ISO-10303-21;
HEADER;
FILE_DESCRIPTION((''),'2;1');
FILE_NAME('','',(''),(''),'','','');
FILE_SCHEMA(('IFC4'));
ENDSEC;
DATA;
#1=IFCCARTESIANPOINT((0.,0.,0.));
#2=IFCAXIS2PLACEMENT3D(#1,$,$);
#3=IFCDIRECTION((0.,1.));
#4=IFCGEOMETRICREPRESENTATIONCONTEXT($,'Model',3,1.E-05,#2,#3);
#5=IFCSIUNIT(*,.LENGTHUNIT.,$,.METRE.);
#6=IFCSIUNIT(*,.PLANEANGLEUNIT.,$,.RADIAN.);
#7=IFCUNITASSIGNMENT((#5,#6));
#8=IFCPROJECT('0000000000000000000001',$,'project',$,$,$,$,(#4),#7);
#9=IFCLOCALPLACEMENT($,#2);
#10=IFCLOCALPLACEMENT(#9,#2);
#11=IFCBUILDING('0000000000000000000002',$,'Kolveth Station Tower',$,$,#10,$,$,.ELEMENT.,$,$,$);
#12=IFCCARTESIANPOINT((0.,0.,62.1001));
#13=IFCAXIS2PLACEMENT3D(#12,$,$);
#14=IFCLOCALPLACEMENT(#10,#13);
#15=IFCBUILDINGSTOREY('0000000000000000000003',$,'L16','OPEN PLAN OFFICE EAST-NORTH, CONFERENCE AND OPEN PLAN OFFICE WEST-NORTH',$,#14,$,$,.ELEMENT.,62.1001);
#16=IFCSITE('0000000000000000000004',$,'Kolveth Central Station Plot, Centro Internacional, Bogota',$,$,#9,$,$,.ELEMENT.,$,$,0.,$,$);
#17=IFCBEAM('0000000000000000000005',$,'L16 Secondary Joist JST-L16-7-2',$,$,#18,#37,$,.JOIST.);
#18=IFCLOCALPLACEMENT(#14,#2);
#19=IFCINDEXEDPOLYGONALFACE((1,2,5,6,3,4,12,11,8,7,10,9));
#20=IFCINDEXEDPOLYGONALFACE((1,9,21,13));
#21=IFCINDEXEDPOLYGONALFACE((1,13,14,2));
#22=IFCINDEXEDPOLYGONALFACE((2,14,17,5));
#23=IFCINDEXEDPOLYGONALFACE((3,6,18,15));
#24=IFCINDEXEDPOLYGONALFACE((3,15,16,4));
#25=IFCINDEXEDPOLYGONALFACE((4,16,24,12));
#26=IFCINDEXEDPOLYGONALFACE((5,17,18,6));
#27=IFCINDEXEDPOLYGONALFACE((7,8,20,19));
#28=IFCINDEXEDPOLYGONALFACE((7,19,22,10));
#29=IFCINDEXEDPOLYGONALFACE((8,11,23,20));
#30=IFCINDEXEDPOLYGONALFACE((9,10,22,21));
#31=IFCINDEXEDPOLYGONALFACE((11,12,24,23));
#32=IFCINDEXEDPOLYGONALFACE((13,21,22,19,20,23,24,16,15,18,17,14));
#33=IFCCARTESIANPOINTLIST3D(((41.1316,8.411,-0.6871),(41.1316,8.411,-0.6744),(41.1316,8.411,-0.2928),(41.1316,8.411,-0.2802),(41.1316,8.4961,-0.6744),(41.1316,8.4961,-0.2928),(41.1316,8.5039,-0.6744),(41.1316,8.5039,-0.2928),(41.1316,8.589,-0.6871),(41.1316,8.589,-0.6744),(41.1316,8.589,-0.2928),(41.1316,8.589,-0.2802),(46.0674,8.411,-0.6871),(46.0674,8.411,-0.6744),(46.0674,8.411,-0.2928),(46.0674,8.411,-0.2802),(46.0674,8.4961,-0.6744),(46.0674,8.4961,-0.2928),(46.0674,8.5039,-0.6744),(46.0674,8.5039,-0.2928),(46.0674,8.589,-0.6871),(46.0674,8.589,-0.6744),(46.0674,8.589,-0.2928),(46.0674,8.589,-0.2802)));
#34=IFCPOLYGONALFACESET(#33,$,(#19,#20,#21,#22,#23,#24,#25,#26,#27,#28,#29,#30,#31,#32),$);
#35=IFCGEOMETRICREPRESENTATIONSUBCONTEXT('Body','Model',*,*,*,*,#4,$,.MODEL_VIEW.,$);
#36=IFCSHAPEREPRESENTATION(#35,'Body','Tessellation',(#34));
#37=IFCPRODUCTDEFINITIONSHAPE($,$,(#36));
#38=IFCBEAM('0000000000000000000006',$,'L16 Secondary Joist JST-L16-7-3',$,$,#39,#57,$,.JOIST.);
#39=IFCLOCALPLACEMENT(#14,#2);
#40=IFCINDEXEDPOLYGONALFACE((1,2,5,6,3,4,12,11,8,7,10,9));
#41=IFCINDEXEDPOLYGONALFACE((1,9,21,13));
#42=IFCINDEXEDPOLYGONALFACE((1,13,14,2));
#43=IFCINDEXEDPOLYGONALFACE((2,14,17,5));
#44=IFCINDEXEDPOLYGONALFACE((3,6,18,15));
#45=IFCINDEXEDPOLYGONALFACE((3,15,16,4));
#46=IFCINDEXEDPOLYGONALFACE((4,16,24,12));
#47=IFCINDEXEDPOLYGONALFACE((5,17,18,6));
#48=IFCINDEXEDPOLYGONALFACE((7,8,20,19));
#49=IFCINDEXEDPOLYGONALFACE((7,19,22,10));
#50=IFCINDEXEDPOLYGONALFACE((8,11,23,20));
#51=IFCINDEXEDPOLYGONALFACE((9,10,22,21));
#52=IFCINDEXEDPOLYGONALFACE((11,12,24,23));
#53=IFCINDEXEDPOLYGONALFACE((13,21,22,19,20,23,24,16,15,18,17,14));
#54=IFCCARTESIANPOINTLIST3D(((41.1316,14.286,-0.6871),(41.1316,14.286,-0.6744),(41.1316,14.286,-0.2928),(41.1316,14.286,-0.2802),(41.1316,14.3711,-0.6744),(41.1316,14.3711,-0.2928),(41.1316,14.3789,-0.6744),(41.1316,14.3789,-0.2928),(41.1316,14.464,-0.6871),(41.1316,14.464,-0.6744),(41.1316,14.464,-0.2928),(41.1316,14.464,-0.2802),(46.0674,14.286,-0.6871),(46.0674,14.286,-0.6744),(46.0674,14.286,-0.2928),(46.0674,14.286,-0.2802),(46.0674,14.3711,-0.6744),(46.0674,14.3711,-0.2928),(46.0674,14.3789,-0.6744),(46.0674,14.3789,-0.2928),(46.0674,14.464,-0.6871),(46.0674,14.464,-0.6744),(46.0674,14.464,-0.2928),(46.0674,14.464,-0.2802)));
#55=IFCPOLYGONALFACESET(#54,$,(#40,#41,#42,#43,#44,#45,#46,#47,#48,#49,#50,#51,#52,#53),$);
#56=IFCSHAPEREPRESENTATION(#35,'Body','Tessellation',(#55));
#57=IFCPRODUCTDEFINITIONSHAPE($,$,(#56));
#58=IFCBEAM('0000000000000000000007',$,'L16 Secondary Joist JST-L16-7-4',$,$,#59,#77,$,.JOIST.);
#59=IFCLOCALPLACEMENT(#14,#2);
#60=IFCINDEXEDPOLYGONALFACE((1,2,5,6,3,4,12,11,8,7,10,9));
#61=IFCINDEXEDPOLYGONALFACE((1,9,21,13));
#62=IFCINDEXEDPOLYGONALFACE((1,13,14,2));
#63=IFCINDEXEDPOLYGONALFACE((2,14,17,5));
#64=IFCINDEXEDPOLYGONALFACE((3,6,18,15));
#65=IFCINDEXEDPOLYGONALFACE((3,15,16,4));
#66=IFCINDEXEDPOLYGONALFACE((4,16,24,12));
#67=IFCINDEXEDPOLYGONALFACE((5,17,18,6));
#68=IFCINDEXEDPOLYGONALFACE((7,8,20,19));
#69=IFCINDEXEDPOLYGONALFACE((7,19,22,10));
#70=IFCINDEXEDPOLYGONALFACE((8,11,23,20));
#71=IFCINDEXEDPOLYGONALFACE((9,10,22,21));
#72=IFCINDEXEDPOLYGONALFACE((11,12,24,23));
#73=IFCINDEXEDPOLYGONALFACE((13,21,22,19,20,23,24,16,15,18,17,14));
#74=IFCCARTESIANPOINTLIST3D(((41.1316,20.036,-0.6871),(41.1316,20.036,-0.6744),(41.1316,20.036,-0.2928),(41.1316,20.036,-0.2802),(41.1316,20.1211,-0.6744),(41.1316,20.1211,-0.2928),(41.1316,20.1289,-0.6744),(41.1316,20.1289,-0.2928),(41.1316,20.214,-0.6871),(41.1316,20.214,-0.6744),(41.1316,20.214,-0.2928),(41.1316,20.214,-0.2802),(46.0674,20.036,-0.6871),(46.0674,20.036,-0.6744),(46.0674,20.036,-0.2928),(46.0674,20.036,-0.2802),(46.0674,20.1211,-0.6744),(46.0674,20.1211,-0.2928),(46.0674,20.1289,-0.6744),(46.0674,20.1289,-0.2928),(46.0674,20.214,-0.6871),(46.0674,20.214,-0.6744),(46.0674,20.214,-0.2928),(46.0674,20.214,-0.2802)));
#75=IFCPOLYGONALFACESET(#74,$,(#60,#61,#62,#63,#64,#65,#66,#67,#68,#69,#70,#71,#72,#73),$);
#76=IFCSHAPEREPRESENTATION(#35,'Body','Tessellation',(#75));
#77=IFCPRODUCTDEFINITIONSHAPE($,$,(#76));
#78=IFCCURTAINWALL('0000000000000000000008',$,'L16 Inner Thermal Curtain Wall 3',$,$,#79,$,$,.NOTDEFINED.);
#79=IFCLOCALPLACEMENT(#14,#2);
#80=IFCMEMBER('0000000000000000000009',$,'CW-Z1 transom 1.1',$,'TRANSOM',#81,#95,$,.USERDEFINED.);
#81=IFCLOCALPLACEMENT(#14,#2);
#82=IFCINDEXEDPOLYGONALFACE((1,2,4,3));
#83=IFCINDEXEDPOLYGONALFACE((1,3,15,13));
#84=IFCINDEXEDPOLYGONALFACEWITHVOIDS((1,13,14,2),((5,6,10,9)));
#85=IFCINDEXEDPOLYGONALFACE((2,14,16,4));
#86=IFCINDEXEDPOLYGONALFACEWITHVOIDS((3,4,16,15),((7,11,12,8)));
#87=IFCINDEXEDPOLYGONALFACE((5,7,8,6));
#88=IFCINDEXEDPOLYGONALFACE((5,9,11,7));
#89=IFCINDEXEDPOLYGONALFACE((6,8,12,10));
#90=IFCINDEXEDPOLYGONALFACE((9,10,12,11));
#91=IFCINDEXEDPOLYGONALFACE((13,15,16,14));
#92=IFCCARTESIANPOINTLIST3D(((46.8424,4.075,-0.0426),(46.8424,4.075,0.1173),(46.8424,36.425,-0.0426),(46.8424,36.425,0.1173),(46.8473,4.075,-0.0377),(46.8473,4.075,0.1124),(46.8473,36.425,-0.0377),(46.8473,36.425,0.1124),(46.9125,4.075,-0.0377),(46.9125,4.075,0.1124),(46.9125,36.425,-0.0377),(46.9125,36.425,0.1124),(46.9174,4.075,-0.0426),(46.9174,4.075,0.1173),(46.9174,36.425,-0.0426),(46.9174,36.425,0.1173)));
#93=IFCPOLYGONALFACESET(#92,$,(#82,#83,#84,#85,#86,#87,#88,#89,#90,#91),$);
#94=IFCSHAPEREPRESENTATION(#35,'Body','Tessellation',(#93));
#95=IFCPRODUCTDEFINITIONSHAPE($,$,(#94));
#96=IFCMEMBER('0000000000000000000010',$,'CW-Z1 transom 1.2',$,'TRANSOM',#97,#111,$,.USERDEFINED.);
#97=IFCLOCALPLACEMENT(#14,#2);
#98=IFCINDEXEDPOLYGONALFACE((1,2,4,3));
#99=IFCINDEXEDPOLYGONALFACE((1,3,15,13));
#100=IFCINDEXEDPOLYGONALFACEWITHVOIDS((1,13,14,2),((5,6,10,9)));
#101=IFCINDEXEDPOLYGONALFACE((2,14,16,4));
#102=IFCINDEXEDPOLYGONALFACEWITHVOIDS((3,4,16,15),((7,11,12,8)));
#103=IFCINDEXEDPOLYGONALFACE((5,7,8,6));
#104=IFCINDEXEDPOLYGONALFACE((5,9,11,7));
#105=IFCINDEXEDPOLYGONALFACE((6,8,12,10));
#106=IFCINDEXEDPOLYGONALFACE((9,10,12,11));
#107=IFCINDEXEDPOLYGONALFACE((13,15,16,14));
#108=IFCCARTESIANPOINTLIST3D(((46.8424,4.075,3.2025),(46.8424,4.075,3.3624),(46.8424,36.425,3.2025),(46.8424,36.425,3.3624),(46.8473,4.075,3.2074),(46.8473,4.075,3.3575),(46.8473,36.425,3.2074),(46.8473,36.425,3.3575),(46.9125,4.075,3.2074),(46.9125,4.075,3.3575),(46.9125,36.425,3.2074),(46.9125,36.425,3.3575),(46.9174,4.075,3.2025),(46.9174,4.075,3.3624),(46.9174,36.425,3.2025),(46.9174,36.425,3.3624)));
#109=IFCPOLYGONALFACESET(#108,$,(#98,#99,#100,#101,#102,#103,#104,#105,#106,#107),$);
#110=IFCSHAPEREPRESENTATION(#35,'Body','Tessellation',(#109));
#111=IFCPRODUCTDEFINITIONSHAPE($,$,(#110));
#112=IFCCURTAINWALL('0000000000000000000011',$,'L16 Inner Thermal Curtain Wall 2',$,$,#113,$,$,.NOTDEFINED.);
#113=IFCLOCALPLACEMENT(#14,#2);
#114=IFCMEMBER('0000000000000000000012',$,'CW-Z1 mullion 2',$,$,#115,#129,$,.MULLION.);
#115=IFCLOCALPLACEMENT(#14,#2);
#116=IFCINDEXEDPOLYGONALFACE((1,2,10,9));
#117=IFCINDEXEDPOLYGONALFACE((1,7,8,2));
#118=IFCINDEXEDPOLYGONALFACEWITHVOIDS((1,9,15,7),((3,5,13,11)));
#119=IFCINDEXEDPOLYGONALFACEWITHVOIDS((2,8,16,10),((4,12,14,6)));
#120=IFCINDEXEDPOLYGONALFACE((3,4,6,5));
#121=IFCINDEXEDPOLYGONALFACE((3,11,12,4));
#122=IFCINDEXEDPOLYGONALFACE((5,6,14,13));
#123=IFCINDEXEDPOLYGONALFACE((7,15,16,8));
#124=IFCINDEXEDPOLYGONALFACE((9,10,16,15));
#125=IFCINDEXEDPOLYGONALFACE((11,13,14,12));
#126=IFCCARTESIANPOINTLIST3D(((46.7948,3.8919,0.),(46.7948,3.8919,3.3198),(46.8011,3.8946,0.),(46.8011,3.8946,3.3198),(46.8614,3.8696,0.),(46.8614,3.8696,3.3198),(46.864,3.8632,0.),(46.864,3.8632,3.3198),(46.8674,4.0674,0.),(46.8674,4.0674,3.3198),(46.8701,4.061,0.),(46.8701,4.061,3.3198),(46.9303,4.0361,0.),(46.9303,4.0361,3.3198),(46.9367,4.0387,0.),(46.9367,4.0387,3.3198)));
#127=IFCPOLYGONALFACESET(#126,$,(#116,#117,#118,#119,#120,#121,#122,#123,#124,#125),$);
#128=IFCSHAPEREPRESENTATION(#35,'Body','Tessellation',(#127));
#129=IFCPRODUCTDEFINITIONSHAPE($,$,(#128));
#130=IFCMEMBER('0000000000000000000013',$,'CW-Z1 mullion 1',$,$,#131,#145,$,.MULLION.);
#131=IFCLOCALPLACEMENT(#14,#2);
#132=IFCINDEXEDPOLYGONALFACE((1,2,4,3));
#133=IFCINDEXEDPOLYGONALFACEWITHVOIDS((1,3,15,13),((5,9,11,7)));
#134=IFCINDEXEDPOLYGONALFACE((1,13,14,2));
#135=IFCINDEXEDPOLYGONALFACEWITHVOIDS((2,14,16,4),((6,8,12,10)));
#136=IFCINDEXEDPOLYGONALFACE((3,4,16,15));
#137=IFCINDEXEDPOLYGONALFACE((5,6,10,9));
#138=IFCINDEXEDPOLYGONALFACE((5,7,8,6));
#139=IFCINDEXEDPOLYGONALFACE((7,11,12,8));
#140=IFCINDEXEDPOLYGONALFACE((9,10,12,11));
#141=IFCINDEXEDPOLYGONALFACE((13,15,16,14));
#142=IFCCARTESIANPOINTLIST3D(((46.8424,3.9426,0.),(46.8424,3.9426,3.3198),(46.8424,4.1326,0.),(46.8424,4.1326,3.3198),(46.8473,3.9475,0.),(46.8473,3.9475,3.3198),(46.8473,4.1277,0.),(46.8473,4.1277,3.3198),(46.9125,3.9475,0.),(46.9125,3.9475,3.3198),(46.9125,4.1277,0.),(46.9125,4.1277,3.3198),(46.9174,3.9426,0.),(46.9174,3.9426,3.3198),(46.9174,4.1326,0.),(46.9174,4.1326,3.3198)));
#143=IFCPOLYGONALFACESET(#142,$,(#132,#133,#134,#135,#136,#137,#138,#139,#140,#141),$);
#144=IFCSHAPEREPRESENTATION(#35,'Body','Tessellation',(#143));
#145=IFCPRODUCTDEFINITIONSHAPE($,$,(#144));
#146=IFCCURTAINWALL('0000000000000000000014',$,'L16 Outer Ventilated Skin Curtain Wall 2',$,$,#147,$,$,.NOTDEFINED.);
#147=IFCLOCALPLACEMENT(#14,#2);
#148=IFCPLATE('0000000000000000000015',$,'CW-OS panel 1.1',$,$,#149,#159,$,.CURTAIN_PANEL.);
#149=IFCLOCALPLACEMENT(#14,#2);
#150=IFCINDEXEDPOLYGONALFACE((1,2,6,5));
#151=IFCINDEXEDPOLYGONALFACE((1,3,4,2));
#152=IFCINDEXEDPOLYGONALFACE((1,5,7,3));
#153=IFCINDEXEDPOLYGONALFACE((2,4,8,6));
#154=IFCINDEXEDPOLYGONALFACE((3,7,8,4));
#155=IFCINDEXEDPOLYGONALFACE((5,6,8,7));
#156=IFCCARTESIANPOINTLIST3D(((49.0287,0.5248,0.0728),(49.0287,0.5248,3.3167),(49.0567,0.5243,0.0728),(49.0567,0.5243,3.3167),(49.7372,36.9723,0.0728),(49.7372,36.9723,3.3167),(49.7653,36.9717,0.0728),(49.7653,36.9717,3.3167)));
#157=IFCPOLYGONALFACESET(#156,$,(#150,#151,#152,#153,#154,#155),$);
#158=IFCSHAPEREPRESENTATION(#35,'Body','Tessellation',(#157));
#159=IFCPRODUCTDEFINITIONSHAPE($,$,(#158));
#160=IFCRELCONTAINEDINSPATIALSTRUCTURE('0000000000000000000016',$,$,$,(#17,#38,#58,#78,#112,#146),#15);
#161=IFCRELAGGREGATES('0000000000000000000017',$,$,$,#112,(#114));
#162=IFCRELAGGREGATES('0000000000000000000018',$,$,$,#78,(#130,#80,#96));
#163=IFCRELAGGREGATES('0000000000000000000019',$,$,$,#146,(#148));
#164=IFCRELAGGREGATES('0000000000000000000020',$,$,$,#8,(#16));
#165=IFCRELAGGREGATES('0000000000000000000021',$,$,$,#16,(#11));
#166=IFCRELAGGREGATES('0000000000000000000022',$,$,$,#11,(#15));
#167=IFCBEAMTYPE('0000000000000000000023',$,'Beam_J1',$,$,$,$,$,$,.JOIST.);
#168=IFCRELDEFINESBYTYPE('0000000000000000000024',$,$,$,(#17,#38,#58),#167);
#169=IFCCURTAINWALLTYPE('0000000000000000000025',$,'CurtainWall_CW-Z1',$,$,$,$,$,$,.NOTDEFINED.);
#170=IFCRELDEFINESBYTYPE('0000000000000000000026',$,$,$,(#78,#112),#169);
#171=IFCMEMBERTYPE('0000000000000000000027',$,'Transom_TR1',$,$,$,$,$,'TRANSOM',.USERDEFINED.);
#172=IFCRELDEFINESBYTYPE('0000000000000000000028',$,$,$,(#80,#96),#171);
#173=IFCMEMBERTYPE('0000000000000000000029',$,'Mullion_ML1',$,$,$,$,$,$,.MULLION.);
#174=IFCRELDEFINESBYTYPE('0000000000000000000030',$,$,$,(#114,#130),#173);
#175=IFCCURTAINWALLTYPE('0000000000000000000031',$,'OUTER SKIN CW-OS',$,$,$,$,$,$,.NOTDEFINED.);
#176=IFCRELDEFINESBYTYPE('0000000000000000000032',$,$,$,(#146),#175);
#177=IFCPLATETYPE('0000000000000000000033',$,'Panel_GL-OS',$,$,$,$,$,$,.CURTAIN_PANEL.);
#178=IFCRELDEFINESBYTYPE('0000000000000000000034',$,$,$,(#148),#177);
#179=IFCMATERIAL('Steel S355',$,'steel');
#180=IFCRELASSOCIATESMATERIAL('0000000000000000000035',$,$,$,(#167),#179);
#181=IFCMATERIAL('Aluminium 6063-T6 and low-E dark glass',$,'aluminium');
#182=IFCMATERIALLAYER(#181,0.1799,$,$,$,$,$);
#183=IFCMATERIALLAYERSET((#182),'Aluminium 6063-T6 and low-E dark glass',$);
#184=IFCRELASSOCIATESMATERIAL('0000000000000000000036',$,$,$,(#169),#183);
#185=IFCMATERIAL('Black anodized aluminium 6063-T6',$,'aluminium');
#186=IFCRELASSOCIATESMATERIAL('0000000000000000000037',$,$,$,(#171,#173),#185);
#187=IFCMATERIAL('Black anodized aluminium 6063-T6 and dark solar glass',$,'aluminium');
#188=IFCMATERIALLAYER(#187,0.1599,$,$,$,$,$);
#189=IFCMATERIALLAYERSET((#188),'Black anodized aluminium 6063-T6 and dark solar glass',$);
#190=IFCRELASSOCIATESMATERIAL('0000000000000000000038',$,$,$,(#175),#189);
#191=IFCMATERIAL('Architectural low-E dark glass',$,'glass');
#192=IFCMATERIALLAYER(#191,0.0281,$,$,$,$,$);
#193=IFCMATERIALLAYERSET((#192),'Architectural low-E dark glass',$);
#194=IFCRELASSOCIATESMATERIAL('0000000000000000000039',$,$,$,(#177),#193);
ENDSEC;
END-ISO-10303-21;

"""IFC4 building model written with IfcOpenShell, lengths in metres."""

from ifc_helpers import new_model, si_unit, direction, frame, origin, origin_2d, place, context, subcontext, project, spatial, rectangle, hollow_rectangle, i_section, extrude, source, transform, mapped, material, layer, layer_set, material_profile, profile_set, type_object, element, aggregate, save


model = new_model("IFC4")

# Units and contexts
model_context = context("Model", 3, precision=1e-05, world=origin(), true_north=direction((0.0, 1.0)))
body_context = subcontext(model_context, "Body", "Model", "MODEL_VIEW")
ifc_project = project(units=[si_unit("LENGTHUNIT", "METRE"), si_unit("PLANEANGLEUNIT", "RADIAN")], contexts=[model_context])

# Site, building, storey
site_placement = place(None, origin())
site = spatial("IfcSite", under=ifc_project, at=site_placement, Name="Kolveth Central Station Plot, Centro Internacional, Bogota", CompositionType="ELEMENT", RefElevation=0.0)
building_placement = place(site_placement, origin())
building = spatial("IfcBuilding", under=site, at=building_placement, Name="Kolveth Station Tower", CompositionType="ELEMENT")
storey_placement = place(building_placement, frame((0.0, 0.0, 62.1001)))
storey = spatial("IfcBuildingStorey", under=building, at=storey_placement, Name="L16", Description="OPEN PLAN OFFICE EAST-NORTH, CONFERENCE AND OPEN PLAN OFFICE WEST-NORTH", CompositionType="ELEMENT", Elevation=62.1001)

# Shared definitions
ifc_material_1 = material(Name="Steel S355", Category="steel")

# Beams
ifc_material_profile_1 = material_profile(ifc_material_1, i_section(OverallWidth=0.178, OverallDepth=0.407, WebThickness=0.0078, FlangeThickness=0.0127, at=origin_2d()), Name="W410x60")
ifc_profile_set_1 = profile_set([ifc_material_profile_1], Name="Steel S355")
beam_type_1 = type_object("IfcBeamType", Name="Beam_J1", PredefinedType="JOIST", material=ifc_profile_set_1)
shared_shape_1 = source(origin(), body_context, "Body", "SweptSolid", [
    extrude(i_section(OverallWidth=0.178, OverallDepth=0.407, WebThickness=0.0078, FlangeThickness=0.0127, at=origin_2d()), origin(), (0.0, 0.0, 1.0), 4.9358),
])
for number, where, z_axis, x_axis, name in (
    (1, (41.1316, 8.5, -0.4836), (1.0, 0.0, 0.0), (0.0, 1.0, 0.0), "L16 Secondary Joist JST-L16-7-2"),
    (2, (41.1316, 14.375, -0.4836), (1.0, 0.0, 0.0), (0.0, 1.0, 0.0), "L16 Secondary Joist JST-L16-7-3"),
    (3, (41.1316, 20.125, -0.4836), (1.0, 0.0, 0.0), (0.0, 1.0, 0.0), "L16 Secondary Joist JST-L16-7-4"),
):
    element("IfcBeam", number, at=place(storey_placement, frame(where, z_axis=z_axis, x_axis=x_axis)), inside=storey, type_object=beam_type_1, Name=name, PredefinedType="JOIST", context=body_context, shape_type="MappedRepresentation", body=[
        mapped(shared_shape_1, transform((0.0, 0.0, 0.0), x_axis=(1.0, 0.0, 0.0), y_axis=(0.0, 1.0, 0.0), z_axis=(0.0, 0.0, 1.0), scale=1.0)),
    ])

# Curtain wall, members
ifc_material_2 = material(Name="Aluminium 6063-T6 and low-E dark glass", Category="aluminium")
ifc_layer_1 = layer(ifc_material_2, 0.1799)
ifc_layer_set_1 = layer_set([ifc_layer_1], Name="Aluminium 6063-T6 and low-E dark glass")
curtain_wall_type_1 = type_object("IfcCurtainWallType", Name="CurtainWall_CW-Z1", PredefinedType="NOTDEFINED", material=ifc_layer_set_1)
curtain_wall_1_placement = place(storey_placement, origin())
curtain_wall_1 = element("IfcCurtainWall", 4, at=curtain_wall_1_placement, inside=storey, type_object=curtain_wall_type_1, Name="L16 Inner Thermal Curtain Wall 3", PredefinedType="NOTDEFINED")
ifc_material_3 = material(Name="Black anodized aluminium 6063-T6", Category="aluminium")
ifc_material_profile_2 = material_profile(ifc_material_3, hollow_rectangle(XDim=0.075, YDim=0.1599, WallThickness=0.0049, at=origin_2d()), Name="ALU-75x160x5")
ifc_profile_set_2 = profile_set([ifc_material_profile_2], Name="Black anodized aluminium 6063-T6")
member_type_1 = type_object("IfcMemberType", Name="Transom_TR1", ElementType="TRANSOM", PredefinedType="USERDEFINED", material=ifc_profile_set_2)
shared_shape_2 = source(origin(), body_context, "Body", "SweptSolid", [
    extrude(hollow_rectangle(XDim=0.075, YDim=0.1599, WallThickness=0.0049, at=origin_2d()), origin(), (0.0, 0.0, 1.0), 32.3501),
])
member_1_placement = place(storey_placement, frame((46.8799, 4.075, 0.0374), z_axis=(0.0, 1.0, 0.0), x_axis=(-1.0, 0.0, 0.0)))
member_1 = element("IfcMember", 5, at=member_1_placement, type_object=member_type_1, Name="CW-Z1 transom 1.1", ObjectType="TRANSOM", PredefinedType="USERDEFINED", context=body_context, shape_type="MappedRepresentation", body=[
    mapped(shared_shape_2, transform((0.0, 0.0, 0.0), x_axis=(1.0, 0.0, 0.0), y_axis=(0.0, 1.0, 0.0), z_axis=(0.0, 0.0, 1.0), scale=1.0)),
])
member_2_placement = place(storey_placement, frame((46.8799, 4.075, 3.2825), z_axis=(0.0, 1.0, 0.0), x_axis=(-1.0, 0.0, 0.0)))
member_2 = element("IfcMember", 6, at=member_2_placement, type_object=member_type_1, Name="CW-Z1 transom 1.2", ObjectType="TRANSOM", PredefinedType="USERDEFINED", context=body_context, shape_type="MappedRepresentation", body=[
    mapped(shared_shape_2, transform((0.0, 0.0, 0.0), x_axis=(1.0, 0.0, 0.0), y_axis=(0.0, 1.0, 0.0), z_axis=(0.0, 0.0, 1.0), scale=1.0)),
])

# Curtain wall, member
curtain_wall_2_placement = place(storey_placement, origin())
curtain_wall_2 = element("IfcCurtainWall", 7, at=curtain_wall_2_placement, inside=storey, type_object=curtain_wall_type_1, Name="L16 Inner Thermal Curtain Wall 2", PredefinedType="NOTDEFINED")
ifc_material_profile_3 = material_profile(ifc_material_3, hollow_rectangle(XDim=0.075, YDim=0.1899, WallThickness=0.0049, at=origin_2d()), Name="ALU-75x190x5")
ifc_profile_set_3 = profile_set([ifc_material_profile_3], Name="Black anodized aluminium 6063-T6")
member_type_2 = type_object("IfcMemberType", Name="Mullion_ML1", PredefinedType="MULLION", material=ifc_profile_set_3)
shared_shape_3 = source(origin(), body_context, "Body", "SweptSolid", [
    extrude(hollow_rectangle(XDim=0.075, YDim=0.1899, WallThickness=0.0049, at=origin_2d()), origin(), (0.0, 0.0, 1.0), 3.3198),
])
member_3_placement = place(storey_placement, frame((46.8657, 3.9653, 0.0), z_axis=(0.0, 0.0, 1.0), x_axis=(-0.923884, 0.382673, 0.0)))
member_3 = element("IfcMember", 8, at=member_3_placement, type_object=member_type_2, Name="CW-Z1 mullion 2", PredefinedType="MULLION", context=body_context, shape_type="MappedRepresentation", body=[
    mapped(shared_shape_3, transform((0.0, 0.0, 0.0), x_axis=(1.0, 0.0, 0.0), y_axis=(0.0, 1.0, 0.0), z_axis=(0.0, 0.0, 1.0), scale=1.0)),
])
aggregate(curtain_wall_2, [member_3])

# Member
member_4_placement = place(storey_placement, frame((46.8799, 4.0376, 0.0), z_axis=(0.0, 0.0, 1.0), x_axis=(-1.0, 0.0, 0.0)))
member_4 = element("IfcMember", 9, at=member_4_placement, type_object=member_type_2, Name="CW-Z1 mullion 1", PredefinedType="MULLION", context=body_context, shape_type="MappedRepresentation", body=[
    mapped(shared_shape_3, transform((0.0, 0.0, 0.0), x_axis=(1.0, 0.0, 0.0), y_axis=(0.0, 1.0, 0.0), z_axis=(0.0, 0.0, 1.0), scale=1.0)),
])
aggregate(curtain_wall_1, [member_4, member_1, member_2])

# Curtain wall, plate
ifc_material_4 = material(Name="Black anodized aluminium 6063-T6 and dark solar glass", Category="aluminium")
ifc_layer_2 = layer(ifc_material_4, 0.1599)
ifc_layer_set_2 = layer_set([ifc_layer_2], Name="Black anodized aluminium 6063-T6 and dark solar glass")
curtain_wall_type_2 = type_object("IfcCurtainWallType", Name="OUTER SKIN CW-OS", PredefinedType="NOTDEFINED", material=ifc_layer_set_2)
curtain_wall_3_placement = place(storey_placement, origin())
curtain_wall_3 = element("IfcCurtainWall", 10, at=curtain_wall_3_placement, inside=storey, type_object=curtain_wall_type_2, Name="L16 Outer Ventilated Skin Curtain Wall 2", PredefinedType="NOTDEFINED")
ifc_material_5 = material(Name="Architectural low-E dark glass", Category="glass")
ifc_layer_3 = layer(ifc_material_5, 0.0281)
ifc_layer_set_3 = layer_set([ifc_layer_3], Name="Architectural low-E dark glass")
plate_type = type_object("IfcPlateType", Name="Panel_GL-OS", PredefinedType="CURTAIN_PANEL", material=ifc_layer_set_3)
shared_shape_4 = source(origin(), body_context, "Body", "SweptSolid", [
    extrude(rectangle(XDim=36.4543, YDim=0.0281, at=origin_2d()), origin(), (0.0, 0.0, 1.0), 3.2439),
])
plate_placement = place(storey_placement, frame((49.397, 18.7483, 0.0728), z_axis=(0.0, 0.0, 1.0), x_axis=(0.019437, 0.999811, 0.0)))
plate = element("IfcPlate", 11, at=plate_placement, type_object=plate_type, Name="CW-OS panel 1.1", PredefinedType="CURTAIN_PANEL", context=body_context, shape_type="MappedRepresentation", body=[
    mapped(shared_shape_4, transform((0.0, 0.0, 0.0), x_axis=(1.0, 0.0, 0.0), y_axis=(0.0, 1.0, 0.0), z_axis=(0.0, 0.0, 1.0), scale=1.0)),
])
aggregate(curtain_wall_3, [plate])

save(model, "model.ifc")
